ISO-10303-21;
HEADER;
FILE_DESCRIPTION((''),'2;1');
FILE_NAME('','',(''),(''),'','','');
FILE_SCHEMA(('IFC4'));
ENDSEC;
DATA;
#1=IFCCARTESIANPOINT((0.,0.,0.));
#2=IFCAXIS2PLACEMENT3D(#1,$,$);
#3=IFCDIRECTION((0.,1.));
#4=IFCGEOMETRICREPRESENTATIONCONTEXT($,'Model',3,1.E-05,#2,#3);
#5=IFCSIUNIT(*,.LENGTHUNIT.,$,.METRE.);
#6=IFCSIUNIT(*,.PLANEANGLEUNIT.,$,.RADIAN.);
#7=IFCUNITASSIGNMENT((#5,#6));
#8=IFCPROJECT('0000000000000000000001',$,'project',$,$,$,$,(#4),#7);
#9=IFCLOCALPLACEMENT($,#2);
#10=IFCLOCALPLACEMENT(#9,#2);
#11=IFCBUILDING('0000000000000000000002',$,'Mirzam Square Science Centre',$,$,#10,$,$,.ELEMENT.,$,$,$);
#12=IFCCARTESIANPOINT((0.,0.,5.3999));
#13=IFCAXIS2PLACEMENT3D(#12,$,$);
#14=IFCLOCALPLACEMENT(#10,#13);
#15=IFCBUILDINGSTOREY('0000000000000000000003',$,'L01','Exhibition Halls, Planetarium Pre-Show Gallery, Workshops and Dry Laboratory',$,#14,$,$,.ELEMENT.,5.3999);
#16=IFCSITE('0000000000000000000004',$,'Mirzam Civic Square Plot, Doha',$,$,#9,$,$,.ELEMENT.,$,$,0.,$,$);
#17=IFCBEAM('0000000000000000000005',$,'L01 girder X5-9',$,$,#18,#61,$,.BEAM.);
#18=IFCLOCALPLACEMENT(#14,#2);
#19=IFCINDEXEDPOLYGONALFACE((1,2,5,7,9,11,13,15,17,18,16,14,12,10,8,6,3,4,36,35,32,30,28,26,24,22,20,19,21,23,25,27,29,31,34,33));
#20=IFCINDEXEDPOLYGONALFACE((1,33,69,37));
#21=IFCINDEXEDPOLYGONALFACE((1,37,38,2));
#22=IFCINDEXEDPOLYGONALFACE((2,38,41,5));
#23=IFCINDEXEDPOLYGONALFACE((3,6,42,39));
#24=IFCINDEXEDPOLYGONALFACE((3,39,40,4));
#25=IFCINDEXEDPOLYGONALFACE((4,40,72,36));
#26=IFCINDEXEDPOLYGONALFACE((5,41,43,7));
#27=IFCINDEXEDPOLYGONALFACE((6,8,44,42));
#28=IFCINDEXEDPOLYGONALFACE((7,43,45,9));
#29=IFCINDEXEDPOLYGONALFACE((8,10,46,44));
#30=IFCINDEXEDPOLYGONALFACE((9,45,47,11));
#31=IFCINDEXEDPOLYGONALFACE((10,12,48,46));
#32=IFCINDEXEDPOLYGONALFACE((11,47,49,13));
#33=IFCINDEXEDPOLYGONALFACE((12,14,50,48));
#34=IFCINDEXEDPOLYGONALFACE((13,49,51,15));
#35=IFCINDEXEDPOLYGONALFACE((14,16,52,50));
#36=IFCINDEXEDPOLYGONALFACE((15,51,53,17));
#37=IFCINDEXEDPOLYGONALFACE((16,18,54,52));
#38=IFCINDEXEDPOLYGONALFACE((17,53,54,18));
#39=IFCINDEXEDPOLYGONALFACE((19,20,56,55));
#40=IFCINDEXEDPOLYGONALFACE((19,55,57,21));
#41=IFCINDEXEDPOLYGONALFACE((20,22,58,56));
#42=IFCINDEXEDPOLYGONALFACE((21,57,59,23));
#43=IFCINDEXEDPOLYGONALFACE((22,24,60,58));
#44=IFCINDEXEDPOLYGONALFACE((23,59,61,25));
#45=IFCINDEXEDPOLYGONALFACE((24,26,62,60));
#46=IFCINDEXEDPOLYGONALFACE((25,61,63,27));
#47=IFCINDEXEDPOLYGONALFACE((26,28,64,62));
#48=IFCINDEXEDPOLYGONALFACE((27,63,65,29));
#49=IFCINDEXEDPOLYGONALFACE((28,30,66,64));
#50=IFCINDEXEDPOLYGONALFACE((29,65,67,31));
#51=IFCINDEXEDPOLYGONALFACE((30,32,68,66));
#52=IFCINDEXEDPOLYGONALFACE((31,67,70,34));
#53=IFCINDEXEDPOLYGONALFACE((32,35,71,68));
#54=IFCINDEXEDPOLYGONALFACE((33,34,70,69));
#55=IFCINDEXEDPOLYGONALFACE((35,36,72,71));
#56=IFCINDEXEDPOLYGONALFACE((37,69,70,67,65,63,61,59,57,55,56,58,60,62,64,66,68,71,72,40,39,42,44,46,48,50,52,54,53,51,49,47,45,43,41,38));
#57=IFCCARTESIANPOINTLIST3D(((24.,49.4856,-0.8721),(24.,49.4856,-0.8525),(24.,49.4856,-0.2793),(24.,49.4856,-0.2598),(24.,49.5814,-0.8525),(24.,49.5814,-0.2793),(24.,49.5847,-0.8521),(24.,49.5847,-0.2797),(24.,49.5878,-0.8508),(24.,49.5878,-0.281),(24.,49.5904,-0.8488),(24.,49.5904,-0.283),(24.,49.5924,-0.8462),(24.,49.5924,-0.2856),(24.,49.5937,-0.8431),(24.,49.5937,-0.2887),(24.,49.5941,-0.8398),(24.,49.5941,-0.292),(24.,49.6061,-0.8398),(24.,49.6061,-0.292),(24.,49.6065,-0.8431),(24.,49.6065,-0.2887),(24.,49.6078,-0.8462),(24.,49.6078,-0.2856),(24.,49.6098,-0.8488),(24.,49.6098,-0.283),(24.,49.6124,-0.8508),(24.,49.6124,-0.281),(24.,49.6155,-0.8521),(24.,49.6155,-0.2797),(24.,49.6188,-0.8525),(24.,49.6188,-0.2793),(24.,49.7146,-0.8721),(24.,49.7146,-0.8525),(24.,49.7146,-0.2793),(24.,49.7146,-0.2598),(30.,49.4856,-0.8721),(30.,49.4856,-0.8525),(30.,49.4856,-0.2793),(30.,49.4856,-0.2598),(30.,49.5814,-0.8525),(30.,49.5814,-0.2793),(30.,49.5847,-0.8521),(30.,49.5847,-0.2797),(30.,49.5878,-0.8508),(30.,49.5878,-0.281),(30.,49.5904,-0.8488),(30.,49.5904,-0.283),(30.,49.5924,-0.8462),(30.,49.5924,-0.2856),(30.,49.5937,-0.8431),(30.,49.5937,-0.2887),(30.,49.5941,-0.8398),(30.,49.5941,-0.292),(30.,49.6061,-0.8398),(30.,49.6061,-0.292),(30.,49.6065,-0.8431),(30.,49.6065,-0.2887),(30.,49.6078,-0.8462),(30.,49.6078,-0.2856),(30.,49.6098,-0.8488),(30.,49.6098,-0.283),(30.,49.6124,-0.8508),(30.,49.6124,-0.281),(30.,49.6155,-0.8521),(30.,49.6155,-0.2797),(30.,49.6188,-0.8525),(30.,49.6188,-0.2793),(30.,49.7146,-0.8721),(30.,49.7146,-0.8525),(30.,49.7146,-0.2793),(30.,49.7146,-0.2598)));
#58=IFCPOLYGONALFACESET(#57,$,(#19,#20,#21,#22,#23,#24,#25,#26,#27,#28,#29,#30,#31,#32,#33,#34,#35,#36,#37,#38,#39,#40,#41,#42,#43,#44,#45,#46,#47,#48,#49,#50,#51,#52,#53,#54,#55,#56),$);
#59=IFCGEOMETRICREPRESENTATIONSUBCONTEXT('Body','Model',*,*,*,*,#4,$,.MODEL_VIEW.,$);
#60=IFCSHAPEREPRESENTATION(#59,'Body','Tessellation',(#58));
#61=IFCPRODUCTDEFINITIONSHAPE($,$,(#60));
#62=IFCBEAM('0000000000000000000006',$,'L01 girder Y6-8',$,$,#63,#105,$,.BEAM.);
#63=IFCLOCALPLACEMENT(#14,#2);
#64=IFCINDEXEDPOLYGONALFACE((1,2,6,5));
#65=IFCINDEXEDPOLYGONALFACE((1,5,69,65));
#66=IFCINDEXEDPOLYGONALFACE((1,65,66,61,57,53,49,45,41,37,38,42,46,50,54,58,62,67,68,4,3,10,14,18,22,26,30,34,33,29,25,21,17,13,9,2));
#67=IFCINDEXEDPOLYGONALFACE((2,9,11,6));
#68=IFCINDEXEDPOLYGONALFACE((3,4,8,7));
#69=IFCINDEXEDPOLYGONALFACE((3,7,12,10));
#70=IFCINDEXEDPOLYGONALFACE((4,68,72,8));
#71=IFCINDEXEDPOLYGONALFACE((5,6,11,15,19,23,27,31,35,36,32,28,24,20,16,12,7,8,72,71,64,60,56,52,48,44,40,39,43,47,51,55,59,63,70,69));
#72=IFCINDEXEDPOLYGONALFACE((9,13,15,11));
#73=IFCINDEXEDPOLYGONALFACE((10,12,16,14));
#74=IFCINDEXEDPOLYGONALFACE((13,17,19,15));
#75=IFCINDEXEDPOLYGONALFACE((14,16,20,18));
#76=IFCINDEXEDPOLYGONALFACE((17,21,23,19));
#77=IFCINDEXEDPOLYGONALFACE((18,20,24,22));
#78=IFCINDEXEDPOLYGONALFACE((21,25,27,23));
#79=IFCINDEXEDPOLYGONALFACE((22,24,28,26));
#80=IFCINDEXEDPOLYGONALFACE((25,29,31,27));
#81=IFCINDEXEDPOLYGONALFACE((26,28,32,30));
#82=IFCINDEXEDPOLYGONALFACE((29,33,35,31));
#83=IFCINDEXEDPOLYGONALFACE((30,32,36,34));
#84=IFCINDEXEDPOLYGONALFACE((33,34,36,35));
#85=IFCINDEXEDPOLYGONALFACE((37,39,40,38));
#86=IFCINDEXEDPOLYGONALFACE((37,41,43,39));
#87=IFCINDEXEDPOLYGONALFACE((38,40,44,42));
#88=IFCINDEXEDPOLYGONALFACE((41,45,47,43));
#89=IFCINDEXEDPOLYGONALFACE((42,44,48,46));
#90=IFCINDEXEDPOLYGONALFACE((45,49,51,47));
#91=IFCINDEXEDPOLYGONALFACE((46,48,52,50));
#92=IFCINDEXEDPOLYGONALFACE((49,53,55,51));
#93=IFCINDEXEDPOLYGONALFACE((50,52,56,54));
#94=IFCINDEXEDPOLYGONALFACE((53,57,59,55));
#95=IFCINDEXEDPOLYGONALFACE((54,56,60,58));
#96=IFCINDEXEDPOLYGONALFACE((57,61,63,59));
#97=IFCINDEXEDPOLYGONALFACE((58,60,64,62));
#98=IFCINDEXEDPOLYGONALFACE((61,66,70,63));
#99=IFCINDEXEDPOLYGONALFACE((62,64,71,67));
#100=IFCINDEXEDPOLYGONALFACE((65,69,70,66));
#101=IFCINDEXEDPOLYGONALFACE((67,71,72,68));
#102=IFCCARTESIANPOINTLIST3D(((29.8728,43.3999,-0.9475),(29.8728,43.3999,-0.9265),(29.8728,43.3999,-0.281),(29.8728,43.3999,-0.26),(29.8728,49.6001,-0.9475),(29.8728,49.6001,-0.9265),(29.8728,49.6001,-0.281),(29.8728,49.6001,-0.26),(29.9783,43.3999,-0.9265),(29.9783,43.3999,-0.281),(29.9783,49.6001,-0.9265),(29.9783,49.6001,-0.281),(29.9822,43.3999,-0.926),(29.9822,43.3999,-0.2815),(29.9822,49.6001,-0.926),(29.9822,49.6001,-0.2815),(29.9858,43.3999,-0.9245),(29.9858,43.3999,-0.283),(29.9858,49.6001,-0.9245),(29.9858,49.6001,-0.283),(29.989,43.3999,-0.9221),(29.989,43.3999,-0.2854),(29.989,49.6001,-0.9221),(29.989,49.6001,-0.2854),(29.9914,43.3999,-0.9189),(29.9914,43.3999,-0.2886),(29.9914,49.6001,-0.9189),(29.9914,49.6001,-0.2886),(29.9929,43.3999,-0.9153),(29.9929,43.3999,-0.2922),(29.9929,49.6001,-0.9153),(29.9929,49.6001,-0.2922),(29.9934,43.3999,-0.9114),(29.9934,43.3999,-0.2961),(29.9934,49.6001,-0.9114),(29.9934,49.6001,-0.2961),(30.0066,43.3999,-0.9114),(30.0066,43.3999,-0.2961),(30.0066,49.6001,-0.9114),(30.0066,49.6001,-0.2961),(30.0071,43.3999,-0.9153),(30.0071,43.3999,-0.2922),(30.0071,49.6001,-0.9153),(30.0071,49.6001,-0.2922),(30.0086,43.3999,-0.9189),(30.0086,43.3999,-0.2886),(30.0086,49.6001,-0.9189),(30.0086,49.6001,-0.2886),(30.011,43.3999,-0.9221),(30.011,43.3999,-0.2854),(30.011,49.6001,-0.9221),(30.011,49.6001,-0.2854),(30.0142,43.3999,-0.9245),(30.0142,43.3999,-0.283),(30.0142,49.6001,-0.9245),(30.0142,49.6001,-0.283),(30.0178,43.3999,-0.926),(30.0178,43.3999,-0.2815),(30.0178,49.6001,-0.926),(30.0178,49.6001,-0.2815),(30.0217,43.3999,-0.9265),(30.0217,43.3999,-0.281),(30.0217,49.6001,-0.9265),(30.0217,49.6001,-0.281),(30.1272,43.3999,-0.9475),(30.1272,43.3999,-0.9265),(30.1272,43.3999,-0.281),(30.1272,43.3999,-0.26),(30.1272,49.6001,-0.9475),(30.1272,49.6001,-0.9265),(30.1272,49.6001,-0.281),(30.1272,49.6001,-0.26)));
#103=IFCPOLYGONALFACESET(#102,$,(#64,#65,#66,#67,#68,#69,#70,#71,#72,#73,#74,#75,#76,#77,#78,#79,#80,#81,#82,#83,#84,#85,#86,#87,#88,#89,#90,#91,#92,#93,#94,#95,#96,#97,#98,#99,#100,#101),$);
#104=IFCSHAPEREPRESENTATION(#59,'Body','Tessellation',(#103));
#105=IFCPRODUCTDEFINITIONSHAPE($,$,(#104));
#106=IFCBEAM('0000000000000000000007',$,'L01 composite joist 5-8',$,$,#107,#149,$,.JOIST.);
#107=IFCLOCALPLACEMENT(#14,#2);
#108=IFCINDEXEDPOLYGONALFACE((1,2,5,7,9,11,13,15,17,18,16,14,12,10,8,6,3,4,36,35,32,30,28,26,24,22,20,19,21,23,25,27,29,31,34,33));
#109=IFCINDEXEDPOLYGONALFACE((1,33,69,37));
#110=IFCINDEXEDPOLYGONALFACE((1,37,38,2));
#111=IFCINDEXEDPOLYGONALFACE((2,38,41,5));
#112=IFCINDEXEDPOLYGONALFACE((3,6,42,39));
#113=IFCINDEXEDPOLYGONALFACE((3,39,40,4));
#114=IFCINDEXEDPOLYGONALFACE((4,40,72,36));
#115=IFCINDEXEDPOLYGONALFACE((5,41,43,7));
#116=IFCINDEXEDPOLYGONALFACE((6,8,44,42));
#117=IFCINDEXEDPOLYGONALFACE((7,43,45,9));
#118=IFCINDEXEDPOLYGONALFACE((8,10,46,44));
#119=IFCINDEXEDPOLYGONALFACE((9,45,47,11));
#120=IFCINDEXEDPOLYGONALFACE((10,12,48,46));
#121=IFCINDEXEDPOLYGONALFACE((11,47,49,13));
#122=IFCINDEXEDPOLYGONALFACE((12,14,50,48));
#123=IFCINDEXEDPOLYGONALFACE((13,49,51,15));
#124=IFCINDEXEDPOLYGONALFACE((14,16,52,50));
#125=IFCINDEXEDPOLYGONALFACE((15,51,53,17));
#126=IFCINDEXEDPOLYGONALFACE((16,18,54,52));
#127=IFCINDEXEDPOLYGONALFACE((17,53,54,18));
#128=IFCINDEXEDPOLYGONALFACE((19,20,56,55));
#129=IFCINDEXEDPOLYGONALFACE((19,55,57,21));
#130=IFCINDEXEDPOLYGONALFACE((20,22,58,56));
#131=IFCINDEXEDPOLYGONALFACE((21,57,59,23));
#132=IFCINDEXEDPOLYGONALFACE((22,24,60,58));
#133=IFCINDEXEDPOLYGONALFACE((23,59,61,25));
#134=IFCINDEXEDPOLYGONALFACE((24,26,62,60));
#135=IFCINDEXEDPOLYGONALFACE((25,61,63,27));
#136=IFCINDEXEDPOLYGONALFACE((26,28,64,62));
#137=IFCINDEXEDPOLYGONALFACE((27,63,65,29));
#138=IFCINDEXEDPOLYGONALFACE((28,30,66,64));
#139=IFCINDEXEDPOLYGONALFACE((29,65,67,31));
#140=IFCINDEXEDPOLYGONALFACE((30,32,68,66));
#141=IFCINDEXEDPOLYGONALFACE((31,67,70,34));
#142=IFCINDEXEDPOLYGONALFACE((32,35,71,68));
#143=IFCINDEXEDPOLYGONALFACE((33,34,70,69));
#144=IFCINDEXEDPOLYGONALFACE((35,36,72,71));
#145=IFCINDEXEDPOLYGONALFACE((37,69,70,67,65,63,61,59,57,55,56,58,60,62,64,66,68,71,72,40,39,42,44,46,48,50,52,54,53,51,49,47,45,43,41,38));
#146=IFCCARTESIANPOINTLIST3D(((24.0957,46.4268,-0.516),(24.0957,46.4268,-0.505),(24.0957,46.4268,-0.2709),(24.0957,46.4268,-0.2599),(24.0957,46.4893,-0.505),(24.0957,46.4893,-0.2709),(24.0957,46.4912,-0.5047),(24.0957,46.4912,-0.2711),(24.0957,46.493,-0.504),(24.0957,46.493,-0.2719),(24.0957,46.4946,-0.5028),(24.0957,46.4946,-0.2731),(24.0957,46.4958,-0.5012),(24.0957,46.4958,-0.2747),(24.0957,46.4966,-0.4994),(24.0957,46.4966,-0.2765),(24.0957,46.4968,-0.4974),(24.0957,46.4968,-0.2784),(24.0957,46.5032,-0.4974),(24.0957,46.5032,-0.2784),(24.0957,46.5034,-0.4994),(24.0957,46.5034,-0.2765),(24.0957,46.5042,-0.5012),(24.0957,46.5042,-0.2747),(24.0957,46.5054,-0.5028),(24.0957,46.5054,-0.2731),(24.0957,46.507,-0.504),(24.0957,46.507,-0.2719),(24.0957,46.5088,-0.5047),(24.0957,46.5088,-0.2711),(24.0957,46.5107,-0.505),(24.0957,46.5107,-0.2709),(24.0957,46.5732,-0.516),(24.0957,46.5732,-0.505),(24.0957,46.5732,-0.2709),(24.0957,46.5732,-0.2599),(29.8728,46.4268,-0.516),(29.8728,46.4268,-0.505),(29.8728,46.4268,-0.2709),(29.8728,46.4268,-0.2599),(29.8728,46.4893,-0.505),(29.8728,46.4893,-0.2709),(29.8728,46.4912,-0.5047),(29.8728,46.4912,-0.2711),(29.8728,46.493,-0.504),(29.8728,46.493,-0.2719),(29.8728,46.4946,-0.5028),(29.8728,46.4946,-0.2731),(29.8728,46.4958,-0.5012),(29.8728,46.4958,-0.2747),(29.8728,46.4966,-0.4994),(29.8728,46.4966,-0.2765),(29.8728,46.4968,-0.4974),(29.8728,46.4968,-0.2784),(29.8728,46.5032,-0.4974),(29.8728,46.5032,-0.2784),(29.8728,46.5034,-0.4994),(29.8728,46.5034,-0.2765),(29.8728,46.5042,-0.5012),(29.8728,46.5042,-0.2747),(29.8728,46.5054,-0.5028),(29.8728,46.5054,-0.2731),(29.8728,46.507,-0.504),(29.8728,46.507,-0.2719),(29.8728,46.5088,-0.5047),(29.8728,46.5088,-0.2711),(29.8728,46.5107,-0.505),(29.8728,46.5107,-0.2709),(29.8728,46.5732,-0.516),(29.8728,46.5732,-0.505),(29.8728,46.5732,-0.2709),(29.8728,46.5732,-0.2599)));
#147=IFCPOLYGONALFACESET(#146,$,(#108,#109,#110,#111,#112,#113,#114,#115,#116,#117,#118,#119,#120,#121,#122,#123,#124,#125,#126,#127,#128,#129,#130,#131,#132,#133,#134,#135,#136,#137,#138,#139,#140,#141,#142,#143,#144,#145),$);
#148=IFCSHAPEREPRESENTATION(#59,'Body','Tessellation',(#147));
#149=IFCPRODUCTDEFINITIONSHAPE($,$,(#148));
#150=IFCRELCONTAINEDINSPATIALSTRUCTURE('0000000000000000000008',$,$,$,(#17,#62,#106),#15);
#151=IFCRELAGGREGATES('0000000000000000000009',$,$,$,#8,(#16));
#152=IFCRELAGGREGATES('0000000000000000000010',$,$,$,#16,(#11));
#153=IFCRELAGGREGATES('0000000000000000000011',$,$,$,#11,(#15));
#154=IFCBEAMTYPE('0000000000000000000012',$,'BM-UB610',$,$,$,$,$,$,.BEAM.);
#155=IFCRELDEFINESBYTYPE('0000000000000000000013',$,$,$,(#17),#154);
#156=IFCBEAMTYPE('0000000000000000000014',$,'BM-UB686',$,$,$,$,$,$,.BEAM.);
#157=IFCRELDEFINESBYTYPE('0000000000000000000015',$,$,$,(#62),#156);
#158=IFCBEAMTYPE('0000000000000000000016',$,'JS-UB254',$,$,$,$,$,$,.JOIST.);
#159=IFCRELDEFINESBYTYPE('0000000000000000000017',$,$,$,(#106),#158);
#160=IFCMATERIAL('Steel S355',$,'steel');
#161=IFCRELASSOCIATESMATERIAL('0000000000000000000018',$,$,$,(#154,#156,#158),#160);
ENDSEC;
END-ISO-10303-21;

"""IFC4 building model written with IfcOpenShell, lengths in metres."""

from ifc_helpers import new_model, si_unit, direction, frame, origin, origin_2d, place, context, subcontext, project, spatial, i_section, extrude, material, material_profile, profile_set, type_object, element, save


model = new_model("IFC4")

# Units and contexts
model_context = context("Model", 3, precision=1e-05, world=origin(), true_north=direction((0.0, 1.0)))
body_context = subcontext(model_context, "Body", "Model", "MODEL_VIEW")
ifc_project = project(units=[si_unit("LENGTHUNIT", "METRE"), si_unit("PLANEANGLEUNIT", "RADIAN")], contexts=[model_context])

# Site, building, storey
site_placement = place(None, origin())
site = spatial("IfcSite", under=ifc_project, at=site_placement, Name="Mirzam Civic Square Plot, Doha", CompositionType="ELEMENT", RefElevation=0.0)
building_placement = place(site_placement, origin())
building = spatial("IfcBuilding", under=site, at=building_placement, Name="Mirzam Square Science Centre", CompositionType="ELEMENT")
storey_placement = place(building_placement, frame((0.0, 0.0, 5.3999)))
storey = spatial("IfcBuildingStorey", under=building, at=storey_placement, Name="L01", Description="Exhibition Halls, Planetarium Pre-Show Gallery, Workshops and Dry Laboratory", CompositionType="ELEMENT", Elevation=5.3999)

# Shared definitions
ifc_material_1 = material(Name="Steel S355", Category="steel")

# Beams
ifc_material_profile_1 = material_profile(ifc_material_1, i_section(OverallWidth=0.229, OverallDepth=0.6123, WebThickness=0.012, FlangeThickness=0.0195, FilletRadius=0.0127, at=origin_2d()), Name="610x229x125UB")
ifc_profile_set_1 = profile_set([ifc_material_profile_1], Name="Steel S355")
beam_type_1 = type_object("IfcBeamType", Name="BM-UB610", PredefinedType="BEAM", material=ifc_profile_set_1)
for number, where, z_axis, x_axis, name in (
    (1, (24.0, 49.6001, -0.5659), (1.0, 0.0, 0.0), (0.0, 1.0, 0.0), "L01 girder X5-9"),
):
    element("IfcBeam", number, at=place(storey_placement, frame(where, z_axis=z_axis, x_axis=x_axis)), inside=storey, type_object=beam_type_1, Name=name, PredefinedType="BEAM", context=body_context, shape_type="SweptSolid", body=[
        extrude(i_section(OverallWidth=0.229, OverallDepth=0.6123, WebThickness=0.012, FlangeThickness=0.0195, FilletRadius=0.0127, at=origin_2d()), origin(), (0.0, 0.0, 1.0), 6.0),
    ])
ifc_material_profile_2 = material_profile(ifc_material_1, i_section(OverallWidth=0.2544, OverallDepth=0.6875, WebThickness=0.0132, FlangeThickness=0.021, FilletRadius=0.0151, at=origin_2d()), Name="686x254x152UB")
ifc_profile_set_2 = profile_set([ifc_material_profile_2], Name="Steel S355")
beam_type_2 = type_object("IfcBeamType", Name="BM-UB686", PredefinedType="BEAM", material=ifc_profile_set_2)
beam_1_placement = place(storey_placement, frame((30.0, 43.3999, -0.6038), z_axis=(0.0, 1.0, 0.0), x_axis=(-1.0, 0.0, 0.0)))
element("IfcBeam", 2, at=beam_1_placement, inside=storey, type_object=beam_type_2, Name="L01 girder Y6-8", PredefinedType="BEAM", context=body_context, shape_type="SweptSolid", body=[
    extrude(i_section(OverallWidth=0.2544, OverallDepth=0.6875, WebThickness=0.0132, FlangeThickness=0.021, FilletRadius=0.0151, at=origin_2d()), origin(), (0.0, 0.0, 1.0), 6.2002),
])
ifc_material_profile_3 = material_profile(ifc_material_1, i_section(OverallWidth=0.1465, OverallDepth=0.2561, WebThickness=0.0063, FlangeThickness=0.011, FilletRadius=0.0076, at=origin_2d()), Name="254x146x37UB")
ifc_profile_set_3 = profile_set([ifc_material_profile_3], Name="Steel S355")
beam_type_3 = type_object("IfcBeamType", Name="JS-UB254", PredefinedType="JOIST", material=ifc_profile_set_3)
beam_2_placement = place(storey_placement, frame((24.0957, 46.5, -0.3879), z_axis=(1.0, 0.0, 0.0), x_axis=(0.0, 1.0, 0.0)))
element("IfcBeam", 3, at=beam_2_placement, inside=storey, type_object=beam_type_3, Name="L01 composite joist 5-8", PredefinedType="JOIST", context=body_context, shape_type="SweptSolid", body=[
    extrude(i_section(OverallWidth=0.1465, OverallDepth=0.2561, WebThickness=0.0063, FlangeThickness=0.011, FilletRadius=0.0076, at=origin_2d()), origin(), (0.0, 0.0, 1.0), 5.7771),
])

save(model, "model.ifc")
